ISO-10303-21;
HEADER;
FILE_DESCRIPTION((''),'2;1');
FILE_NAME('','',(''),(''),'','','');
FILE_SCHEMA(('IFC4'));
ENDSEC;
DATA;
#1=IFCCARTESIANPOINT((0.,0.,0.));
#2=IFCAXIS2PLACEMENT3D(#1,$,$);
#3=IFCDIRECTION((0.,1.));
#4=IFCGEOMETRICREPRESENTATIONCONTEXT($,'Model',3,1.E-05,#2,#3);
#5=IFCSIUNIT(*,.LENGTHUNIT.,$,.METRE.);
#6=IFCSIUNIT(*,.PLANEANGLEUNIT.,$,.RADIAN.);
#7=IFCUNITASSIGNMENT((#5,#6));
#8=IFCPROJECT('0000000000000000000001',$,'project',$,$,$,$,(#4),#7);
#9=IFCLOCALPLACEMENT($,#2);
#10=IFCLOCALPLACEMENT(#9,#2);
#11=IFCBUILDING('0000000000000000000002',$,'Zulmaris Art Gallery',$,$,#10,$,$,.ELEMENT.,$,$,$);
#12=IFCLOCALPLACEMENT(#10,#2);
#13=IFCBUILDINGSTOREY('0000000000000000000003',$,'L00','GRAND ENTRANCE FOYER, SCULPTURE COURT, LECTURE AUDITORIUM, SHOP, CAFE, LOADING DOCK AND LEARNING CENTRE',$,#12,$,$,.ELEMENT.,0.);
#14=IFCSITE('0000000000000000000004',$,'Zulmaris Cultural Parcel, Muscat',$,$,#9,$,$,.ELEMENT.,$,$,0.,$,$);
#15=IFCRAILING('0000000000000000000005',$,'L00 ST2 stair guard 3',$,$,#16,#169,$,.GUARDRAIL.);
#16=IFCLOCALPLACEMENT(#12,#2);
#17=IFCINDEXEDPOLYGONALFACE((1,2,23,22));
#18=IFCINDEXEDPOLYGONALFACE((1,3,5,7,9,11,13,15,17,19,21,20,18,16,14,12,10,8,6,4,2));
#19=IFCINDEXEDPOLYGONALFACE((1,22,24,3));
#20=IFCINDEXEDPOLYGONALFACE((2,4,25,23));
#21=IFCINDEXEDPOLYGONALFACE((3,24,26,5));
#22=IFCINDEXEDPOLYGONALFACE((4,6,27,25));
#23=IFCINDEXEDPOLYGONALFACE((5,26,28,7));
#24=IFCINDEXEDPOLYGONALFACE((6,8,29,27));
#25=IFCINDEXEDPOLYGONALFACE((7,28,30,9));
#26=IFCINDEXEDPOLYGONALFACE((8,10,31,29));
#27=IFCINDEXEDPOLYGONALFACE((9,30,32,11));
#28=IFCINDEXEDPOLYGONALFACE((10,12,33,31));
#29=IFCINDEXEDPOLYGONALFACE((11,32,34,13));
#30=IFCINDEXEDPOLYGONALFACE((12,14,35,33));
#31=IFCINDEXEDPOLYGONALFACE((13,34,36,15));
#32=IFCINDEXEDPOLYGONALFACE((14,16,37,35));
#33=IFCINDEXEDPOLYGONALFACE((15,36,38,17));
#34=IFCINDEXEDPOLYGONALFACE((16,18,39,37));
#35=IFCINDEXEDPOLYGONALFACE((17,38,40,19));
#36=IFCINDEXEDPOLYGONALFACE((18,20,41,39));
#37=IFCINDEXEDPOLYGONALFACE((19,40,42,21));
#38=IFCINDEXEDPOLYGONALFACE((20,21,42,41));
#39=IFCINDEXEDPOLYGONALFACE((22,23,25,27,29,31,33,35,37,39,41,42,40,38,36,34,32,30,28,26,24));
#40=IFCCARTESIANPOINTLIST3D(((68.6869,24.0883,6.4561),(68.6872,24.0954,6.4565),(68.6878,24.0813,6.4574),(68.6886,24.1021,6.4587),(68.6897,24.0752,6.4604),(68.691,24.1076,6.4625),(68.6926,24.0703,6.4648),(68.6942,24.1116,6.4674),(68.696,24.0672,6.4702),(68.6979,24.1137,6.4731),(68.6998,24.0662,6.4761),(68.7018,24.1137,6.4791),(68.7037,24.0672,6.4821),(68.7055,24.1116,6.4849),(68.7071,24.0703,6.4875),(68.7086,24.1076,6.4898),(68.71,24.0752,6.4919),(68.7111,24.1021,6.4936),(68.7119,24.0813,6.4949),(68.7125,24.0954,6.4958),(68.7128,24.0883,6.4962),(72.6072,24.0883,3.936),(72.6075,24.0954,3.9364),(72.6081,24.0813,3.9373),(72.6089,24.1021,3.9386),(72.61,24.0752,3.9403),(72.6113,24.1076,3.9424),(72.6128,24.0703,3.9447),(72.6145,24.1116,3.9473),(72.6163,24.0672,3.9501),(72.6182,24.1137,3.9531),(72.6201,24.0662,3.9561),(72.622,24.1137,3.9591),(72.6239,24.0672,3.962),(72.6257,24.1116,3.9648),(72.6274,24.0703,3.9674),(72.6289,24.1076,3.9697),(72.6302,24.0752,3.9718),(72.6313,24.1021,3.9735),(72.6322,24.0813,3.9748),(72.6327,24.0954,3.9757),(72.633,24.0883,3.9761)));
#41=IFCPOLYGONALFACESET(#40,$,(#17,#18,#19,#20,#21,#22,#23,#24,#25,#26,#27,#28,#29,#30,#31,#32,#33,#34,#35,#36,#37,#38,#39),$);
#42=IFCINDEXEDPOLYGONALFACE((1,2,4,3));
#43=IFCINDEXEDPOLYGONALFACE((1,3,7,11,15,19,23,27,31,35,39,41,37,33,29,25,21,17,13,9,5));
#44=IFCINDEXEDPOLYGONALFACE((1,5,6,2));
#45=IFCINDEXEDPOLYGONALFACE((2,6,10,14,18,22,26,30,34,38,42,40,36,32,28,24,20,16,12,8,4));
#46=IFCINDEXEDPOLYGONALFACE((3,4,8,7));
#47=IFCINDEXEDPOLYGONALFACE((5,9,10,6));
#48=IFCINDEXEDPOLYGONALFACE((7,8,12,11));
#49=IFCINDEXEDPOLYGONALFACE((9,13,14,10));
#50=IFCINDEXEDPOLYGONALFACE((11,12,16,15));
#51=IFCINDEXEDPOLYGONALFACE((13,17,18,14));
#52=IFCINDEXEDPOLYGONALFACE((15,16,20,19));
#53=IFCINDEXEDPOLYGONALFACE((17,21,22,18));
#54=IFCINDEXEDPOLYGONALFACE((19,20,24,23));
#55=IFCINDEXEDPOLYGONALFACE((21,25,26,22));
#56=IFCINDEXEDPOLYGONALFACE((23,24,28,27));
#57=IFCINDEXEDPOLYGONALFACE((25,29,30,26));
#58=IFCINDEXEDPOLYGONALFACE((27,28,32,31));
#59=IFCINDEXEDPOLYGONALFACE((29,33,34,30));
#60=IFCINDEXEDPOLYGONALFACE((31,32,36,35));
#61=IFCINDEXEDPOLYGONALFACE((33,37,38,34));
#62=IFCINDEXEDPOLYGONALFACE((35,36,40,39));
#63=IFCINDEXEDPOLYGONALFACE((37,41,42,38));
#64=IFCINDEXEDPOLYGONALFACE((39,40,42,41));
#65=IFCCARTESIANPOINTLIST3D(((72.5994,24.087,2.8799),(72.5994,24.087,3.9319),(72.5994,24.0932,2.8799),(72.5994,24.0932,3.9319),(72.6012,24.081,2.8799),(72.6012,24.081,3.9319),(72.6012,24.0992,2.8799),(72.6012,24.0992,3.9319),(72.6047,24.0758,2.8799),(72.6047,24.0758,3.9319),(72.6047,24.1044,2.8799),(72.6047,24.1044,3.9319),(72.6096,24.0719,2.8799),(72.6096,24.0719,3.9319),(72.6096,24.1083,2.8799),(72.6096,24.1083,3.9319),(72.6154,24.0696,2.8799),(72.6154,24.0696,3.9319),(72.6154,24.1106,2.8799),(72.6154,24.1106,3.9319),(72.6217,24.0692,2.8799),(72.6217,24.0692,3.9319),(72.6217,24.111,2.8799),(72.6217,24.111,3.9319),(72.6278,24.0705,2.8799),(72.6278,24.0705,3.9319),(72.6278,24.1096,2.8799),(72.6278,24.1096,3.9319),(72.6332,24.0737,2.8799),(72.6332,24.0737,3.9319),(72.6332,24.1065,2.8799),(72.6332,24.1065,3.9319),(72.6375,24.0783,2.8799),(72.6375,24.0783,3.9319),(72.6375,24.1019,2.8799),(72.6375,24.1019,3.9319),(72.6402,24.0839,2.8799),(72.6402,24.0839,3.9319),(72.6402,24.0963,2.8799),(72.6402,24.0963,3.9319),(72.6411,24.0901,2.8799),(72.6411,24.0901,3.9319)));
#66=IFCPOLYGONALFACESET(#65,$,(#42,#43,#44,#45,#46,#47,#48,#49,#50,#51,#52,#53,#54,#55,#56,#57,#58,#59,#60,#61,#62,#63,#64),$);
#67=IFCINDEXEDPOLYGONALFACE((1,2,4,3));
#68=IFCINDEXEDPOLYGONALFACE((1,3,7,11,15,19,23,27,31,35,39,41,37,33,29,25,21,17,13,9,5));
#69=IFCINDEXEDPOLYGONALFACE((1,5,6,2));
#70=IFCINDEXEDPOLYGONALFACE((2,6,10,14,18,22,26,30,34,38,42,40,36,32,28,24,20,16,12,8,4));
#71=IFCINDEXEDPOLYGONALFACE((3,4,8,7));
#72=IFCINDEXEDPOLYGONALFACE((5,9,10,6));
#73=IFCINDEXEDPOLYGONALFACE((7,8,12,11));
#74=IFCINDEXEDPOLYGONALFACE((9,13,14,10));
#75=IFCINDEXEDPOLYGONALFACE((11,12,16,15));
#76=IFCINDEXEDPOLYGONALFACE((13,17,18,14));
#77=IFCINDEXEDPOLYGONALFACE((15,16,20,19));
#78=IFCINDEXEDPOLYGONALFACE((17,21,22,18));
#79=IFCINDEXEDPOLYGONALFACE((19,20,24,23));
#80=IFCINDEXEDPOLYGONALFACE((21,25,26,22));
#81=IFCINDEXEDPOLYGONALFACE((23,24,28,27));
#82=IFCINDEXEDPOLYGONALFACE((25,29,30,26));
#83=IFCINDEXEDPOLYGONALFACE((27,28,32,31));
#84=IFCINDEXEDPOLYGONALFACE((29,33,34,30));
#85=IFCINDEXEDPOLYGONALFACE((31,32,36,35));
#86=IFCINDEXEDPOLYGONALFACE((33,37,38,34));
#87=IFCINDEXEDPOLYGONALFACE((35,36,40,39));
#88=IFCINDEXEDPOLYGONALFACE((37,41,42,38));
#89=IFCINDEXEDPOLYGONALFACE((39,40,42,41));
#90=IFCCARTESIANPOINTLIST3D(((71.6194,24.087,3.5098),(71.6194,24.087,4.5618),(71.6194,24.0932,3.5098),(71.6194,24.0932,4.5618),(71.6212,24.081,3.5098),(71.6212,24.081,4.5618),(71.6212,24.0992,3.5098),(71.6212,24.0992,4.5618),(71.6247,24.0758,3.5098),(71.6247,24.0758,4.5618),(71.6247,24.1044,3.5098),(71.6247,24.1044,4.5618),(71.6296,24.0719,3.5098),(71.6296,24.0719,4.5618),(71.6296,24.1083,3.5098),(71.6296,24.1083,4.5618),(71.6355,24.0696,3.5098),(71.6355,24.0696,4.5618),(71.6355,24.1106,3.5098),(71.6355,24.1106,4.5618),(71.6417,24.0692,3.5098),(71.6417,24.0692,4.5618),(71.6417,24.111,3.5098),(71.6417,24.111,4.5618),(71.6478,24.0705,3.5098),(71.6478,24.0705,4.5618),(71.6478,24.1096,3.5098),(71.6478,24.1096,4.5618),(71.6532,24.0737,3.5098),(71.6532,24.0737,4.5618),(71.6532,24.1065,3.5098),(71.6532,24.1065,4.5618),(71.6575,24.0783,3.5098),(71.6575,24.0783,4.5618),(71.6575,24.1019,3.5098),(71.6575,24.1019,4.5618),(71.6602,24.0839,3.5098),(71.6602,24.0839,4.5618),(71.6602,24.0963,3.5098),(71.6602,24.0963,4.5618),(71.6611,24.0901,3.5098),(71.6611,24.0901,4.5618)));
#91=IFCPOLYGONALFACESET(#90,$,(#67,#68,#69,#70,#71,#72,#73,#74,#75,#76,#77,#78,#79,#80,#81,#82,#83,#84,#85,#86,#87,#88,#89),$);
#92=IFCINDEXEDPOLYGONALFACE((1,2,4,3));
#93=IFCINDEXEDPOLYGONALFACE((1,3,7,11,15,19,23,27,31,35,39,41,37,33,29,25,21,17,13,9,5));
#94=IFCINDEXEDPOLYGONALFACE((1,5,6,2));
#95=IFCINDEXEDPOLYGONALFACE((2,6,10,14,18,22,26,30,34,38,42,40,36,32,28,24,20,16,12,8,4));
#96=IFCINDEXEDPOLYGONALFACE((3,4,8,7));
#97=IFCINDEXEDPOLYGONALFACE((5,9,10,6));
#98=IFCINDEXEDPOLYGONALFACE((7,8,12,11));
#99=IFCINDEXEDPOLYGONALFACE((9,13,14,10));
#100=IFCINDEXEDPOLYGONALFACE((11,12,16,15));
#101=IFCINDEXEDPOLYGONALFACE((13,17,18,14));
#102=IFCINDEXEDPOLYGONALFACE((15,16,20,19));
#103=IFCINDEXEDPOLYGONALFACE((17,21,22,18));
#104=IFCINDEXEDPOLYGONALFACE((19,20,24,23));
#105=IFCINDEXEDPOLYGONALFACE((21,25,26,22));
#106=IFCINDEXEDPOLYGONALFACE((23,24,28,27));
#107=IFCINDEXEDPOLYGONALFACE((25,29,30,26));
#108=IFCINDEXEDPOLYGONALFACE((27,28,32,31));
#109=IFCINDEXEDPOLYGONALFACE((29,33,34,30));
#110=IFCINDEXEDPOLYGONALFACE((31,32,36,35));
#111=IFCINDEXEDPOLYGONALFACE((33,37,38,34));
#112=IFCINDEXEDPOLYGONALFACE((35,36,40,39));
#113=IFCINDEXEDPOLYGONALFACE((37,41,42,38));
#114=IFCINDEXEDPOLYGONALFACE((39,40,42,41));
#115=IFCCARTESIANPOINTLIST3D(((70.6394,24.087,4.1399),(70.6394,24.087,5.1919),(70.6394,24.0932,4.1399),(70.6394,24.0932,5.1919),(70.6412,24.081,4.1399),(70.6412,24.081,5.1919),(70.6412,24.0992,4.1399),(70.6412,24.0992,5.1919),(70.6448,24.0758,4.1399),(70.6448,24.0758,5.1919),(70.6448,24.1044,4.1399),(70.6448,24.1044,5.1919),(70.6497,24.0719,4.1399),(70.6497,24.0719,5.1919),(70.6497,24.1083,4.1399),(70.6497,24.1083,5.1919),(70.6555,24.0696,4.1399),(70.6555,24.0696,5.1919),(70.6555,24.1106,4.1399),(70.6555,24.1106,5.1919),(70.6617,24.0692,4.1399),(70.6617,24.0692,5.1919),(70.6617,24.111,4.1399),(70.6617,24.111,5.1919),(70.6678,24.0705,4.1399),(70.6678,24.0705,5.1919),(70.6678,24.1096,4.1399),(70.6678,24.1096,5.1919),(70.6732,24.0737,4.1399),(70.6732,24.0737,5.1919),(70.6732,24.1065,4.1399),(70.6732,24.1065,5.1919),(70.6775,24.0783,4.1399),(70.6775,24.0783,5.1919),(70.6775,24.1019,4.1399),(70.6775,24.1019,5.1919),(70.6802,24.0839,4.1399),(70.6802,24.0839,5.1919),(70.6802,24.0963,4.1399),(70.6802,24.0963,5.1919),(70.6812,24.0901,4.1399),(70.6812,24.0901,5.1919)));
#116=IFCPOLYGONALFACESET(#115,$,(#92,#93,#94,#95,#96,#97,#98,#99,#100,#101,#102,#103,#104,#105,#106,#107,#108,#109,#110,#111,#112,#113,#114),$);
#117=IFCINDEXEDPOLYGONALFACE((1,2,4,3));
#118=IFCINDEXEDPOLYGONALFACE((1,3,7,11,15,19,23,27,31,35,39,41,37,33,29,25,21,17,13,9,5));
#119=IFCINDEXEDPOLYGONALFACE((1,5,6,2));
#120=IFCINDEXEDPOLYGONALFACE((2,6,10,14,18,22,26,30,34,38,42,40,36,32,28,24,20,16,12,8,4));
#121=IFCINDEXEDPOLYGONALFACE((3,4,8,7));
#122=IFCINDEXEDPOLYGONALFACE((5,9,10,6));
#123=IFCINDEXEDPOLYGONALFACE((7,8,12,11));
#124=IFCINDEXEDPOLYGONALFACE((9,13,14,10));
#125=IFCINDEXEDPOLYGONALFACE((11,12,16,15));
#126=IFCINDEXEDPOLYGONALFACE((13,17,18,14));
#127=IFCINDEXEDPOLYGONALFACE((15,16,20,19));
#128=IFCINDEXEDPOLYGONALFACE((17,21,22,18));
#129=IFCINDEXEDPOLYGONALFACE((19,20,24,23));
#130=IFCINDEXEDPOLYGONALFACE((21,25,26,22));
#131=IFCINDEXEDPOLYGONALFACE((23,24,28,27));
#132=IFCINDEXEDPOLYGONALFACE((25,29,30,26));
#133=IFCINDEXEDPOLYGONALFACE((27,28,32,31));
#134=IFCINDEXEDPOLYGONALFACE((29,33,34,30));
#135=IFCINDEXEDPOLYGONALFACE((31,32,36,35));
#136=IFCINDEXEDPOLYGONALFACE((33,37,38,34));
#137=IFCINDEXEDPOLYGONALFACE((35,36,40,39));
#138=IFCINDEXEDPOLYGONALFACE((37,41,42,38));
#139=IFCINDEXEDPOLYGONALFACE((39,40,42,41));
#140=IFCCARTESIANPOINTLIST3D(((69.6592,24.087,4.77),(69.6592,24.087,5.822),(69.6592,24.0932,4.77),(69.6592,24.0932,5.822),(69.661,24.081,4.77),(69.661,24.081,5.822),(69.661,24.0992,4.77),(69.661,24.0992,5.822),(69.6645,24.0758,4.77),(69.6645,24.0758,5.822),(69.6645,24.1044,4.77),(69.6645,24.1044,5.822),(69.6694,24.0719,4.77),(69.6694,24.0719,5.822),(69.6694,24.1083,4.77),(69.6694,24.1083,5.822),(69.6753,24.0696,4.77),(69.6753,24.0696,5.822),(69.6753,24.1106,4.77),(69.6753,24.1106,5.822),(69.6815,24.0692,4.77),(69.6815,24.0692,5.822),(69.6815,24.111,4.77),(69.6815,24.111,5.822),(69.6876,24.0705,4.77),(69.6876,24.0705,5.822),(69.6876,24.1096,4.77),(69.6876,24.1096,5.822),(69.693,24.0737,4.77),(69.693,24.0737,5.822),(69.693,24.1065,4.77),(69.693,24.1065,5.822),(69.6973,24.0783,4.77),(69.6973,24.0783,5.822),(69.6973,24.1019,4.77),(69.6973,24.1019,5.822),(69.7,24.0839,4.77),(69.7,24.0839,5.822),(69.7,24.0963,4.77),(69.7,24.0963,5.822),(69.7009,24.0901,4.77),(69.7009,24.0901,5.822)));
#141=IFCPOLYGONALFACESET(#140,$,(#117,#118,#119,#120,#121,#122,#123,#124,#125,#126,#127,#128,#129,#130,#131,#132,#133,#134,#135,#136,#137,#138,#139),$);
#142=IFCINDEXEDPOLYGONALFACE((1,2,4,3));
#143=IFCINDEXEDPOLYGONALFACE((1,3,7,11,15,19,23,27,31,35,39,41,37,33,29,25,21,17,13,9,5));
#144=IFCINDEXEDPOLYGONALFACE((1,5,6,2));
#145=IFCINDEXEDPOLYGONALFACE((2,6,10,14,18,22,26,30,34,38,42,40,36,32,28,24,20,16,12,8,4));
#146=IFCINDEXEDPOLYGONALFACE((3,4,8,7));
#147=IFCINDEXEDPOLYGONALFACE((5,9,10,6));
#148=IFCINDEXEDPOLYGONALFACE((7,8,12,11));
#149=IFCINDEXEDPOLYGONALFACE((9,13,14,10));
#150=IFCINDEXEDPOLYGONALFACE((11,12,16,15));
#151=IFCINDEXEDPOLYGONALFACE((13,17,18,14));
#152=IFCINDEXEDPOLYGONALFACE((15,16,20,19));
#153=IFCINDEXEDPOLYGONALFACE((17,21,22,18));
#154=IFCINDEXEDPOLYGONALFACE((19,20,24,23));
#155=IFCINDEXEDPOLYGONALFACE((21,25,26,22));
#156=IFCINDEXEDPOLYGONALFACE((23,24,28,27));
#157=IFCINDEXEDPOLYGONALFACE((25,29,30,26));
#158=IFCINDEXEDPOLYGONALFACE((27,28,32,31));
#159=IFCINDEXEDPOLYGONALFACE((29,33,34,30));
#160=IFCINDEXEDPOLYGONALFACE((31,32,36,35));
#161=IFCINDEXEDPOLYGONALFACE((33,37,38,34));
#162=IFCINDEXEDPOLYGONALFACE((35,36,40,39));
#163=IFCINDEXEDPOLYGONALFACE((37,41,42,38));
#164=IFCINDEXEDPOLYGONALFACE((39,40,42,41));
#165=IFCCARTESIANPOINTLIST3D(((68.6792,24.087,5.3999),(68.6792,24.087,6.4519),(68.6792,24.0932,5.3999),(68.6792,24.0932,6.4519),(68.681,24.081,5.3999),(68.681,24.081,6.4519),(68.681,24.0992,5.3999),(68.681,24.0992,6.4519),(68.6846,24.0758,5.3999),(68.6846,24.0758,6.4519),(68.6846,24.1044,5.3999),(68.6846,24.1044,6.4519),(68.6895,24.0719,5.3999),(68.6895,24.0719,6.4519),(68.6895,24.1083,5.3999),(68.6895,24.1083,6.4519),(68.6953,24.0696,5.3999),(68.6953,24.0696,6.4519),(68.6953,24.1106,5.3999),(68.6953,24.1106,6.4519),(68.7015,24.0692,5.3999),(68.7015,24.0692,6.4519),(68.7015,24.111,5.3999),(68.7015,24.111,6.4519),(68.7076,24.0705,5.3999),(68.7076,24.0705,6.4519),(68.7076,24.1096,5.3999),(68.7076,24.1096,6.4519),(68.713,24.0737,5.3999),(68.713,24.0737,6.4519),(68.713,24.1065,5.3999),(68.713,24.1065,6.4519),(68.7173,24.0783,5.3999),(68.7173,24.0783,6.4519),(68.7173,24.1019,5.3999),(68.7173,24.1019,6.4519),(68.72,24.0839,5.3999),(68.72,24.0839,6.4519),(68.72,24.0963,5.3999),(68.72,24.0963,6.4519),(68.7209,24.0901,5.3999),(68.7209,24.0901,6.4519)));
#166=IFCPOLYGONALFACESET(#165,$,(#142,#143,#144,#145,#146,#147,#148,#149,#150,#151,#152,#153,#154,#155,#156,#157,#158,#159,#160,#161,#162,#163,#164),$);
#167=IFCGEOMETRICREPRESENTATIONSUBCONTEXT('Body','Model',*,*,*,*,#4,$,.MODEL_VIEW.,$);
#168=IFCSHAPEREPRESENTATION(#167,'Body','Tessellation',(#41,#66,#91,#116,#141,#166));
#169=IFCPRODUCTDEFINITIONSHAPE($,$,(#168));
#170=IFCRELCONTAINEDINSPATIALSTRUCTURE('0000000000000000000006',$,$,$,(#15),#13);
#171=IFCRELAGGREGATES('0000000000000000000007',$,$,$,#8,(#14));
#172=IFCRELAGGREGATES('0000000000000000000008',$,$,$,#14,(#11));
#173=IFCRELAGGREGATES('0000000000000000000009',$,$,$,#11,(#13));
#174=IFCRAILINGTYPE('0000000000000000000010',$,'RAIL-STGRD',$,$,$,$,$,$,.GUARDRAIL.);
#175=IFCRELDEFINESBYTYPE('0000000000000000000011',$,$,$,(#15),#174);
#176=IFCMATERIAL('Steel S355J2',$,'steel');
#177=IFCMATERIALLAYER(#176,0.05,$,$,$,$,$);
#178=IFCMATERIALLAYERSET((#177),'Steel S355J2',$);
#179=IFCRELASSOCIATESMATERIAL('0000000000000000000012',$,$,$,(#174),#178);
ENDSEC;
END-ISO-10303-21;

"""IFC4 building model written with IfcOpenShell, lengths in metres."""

from ifc_helpers import new_model, si_unit, direction, frame, origin, origin_2d, place, context, subcontext, project, spatial, circle, extrude, material, layer, layer_set, type_object, element, save


model = new_model("IFC4")

# Units and contexts
model_context = context("Model", 3, precision=1e-05, world=origin(), true_north=direction((0.0, 1.0)))
body_context = subcontext(model_context, "Body", "Model", "MODEL_VIEW")
ifc_project = project(units=[si_unit("LENGTHUNIT", "METRE"), si_unit("PLANEANGLEUNIT", "RADIAN")], contexts=[model_context])

# Site, building, storey
site_placement = place(None, origin())
site = spatial("IfcSite", under=ifc_project, at=site_placement, Name="Zulmaris Cultural Parcel, Muscat", CompositionType="ELEMENT", RefElevation=0.0)
building_placement = place(site_placement, origin())
building = spatial("IfcBuilding", under=site, at=building_placement, Name="Zulmaris Art Gallery", CompositionType="ELEMENT")
storey_placement = place(building_placement, origin())
storey = spatial("IfcBuildingStorey", under=building, at=storey_placement, Name="L00", Description="GRAND ENTRANCE FOYER, SCULPTURE COURT, LECTURE AUDITORIUM, SHOP, CAFE, LOADING DOCK AND LEARNING CENTRE", CompositionType="ELEMENT", Elevation=0.0)

# Railing
ifc_material_1 = material(Name="Steel S355J2", Category="steel")
ifc_layer_1 = layer(ifc_material_1, 0.05)
ifc_layer_set_1 = layer_set([ifc_layer_1], Name="Steel S355J2")
railing_type_1 = type_object("IfcRailingType", Name="RAIL-STGRD", PredefinedType="GUARDRAIL", material=ifc_layer_set_1)
railing_1_placement = place(storey_placement, frame((72.6201, 24.0901, 2.8799)))
element("IfcRailing", 1, at=railing_1_placement, inside=storey, type_object=railing_type_1, Name="L00 ST2 stair guard 3", PredefinedType="GUARDRAIL", context=body_context, shape_type="SweptSolid", body=[
    extrude(circle(Radius=0.0239, at=origin_2d()), frame((0.0, 0.0, 1.0762), z_axis=(-0.841187, 0.0, 0.540744), x_axis=(0.0, -1.0, 0.0)), (0.0, 0.0, 1.0), 4.6604),
    extrude(circle(Radius=0.021, at=origin_2d()), origin(), (0.0, 0.0, 1.0), 1.052),
    extrude(circle(Radius=0.021, at=origin_2d()), frame((-0.98, 0.0, 0.6299)), (0.0, 0.0, 1.0), 1.052),
    extrude(circle(Radius=0.021, at=origin_2d()), frame((-1.96, 0.0, 1.26)), (0.0, 0.0, 1.0), 1.052),
    extrude(circle(Radius=0.021, at=origin_2d()), frame((-2.9402, 0.0, 1.8901)), (0.0, 0.0, 1.0), 1.052),
    extrude(circle(Radius=0.021, at=origin_2d()), frame((-3.9202, 0.0, 2.52)), (0.0, 0.0, 1.0), 1.052),
])

save(model, "model.ifc")
